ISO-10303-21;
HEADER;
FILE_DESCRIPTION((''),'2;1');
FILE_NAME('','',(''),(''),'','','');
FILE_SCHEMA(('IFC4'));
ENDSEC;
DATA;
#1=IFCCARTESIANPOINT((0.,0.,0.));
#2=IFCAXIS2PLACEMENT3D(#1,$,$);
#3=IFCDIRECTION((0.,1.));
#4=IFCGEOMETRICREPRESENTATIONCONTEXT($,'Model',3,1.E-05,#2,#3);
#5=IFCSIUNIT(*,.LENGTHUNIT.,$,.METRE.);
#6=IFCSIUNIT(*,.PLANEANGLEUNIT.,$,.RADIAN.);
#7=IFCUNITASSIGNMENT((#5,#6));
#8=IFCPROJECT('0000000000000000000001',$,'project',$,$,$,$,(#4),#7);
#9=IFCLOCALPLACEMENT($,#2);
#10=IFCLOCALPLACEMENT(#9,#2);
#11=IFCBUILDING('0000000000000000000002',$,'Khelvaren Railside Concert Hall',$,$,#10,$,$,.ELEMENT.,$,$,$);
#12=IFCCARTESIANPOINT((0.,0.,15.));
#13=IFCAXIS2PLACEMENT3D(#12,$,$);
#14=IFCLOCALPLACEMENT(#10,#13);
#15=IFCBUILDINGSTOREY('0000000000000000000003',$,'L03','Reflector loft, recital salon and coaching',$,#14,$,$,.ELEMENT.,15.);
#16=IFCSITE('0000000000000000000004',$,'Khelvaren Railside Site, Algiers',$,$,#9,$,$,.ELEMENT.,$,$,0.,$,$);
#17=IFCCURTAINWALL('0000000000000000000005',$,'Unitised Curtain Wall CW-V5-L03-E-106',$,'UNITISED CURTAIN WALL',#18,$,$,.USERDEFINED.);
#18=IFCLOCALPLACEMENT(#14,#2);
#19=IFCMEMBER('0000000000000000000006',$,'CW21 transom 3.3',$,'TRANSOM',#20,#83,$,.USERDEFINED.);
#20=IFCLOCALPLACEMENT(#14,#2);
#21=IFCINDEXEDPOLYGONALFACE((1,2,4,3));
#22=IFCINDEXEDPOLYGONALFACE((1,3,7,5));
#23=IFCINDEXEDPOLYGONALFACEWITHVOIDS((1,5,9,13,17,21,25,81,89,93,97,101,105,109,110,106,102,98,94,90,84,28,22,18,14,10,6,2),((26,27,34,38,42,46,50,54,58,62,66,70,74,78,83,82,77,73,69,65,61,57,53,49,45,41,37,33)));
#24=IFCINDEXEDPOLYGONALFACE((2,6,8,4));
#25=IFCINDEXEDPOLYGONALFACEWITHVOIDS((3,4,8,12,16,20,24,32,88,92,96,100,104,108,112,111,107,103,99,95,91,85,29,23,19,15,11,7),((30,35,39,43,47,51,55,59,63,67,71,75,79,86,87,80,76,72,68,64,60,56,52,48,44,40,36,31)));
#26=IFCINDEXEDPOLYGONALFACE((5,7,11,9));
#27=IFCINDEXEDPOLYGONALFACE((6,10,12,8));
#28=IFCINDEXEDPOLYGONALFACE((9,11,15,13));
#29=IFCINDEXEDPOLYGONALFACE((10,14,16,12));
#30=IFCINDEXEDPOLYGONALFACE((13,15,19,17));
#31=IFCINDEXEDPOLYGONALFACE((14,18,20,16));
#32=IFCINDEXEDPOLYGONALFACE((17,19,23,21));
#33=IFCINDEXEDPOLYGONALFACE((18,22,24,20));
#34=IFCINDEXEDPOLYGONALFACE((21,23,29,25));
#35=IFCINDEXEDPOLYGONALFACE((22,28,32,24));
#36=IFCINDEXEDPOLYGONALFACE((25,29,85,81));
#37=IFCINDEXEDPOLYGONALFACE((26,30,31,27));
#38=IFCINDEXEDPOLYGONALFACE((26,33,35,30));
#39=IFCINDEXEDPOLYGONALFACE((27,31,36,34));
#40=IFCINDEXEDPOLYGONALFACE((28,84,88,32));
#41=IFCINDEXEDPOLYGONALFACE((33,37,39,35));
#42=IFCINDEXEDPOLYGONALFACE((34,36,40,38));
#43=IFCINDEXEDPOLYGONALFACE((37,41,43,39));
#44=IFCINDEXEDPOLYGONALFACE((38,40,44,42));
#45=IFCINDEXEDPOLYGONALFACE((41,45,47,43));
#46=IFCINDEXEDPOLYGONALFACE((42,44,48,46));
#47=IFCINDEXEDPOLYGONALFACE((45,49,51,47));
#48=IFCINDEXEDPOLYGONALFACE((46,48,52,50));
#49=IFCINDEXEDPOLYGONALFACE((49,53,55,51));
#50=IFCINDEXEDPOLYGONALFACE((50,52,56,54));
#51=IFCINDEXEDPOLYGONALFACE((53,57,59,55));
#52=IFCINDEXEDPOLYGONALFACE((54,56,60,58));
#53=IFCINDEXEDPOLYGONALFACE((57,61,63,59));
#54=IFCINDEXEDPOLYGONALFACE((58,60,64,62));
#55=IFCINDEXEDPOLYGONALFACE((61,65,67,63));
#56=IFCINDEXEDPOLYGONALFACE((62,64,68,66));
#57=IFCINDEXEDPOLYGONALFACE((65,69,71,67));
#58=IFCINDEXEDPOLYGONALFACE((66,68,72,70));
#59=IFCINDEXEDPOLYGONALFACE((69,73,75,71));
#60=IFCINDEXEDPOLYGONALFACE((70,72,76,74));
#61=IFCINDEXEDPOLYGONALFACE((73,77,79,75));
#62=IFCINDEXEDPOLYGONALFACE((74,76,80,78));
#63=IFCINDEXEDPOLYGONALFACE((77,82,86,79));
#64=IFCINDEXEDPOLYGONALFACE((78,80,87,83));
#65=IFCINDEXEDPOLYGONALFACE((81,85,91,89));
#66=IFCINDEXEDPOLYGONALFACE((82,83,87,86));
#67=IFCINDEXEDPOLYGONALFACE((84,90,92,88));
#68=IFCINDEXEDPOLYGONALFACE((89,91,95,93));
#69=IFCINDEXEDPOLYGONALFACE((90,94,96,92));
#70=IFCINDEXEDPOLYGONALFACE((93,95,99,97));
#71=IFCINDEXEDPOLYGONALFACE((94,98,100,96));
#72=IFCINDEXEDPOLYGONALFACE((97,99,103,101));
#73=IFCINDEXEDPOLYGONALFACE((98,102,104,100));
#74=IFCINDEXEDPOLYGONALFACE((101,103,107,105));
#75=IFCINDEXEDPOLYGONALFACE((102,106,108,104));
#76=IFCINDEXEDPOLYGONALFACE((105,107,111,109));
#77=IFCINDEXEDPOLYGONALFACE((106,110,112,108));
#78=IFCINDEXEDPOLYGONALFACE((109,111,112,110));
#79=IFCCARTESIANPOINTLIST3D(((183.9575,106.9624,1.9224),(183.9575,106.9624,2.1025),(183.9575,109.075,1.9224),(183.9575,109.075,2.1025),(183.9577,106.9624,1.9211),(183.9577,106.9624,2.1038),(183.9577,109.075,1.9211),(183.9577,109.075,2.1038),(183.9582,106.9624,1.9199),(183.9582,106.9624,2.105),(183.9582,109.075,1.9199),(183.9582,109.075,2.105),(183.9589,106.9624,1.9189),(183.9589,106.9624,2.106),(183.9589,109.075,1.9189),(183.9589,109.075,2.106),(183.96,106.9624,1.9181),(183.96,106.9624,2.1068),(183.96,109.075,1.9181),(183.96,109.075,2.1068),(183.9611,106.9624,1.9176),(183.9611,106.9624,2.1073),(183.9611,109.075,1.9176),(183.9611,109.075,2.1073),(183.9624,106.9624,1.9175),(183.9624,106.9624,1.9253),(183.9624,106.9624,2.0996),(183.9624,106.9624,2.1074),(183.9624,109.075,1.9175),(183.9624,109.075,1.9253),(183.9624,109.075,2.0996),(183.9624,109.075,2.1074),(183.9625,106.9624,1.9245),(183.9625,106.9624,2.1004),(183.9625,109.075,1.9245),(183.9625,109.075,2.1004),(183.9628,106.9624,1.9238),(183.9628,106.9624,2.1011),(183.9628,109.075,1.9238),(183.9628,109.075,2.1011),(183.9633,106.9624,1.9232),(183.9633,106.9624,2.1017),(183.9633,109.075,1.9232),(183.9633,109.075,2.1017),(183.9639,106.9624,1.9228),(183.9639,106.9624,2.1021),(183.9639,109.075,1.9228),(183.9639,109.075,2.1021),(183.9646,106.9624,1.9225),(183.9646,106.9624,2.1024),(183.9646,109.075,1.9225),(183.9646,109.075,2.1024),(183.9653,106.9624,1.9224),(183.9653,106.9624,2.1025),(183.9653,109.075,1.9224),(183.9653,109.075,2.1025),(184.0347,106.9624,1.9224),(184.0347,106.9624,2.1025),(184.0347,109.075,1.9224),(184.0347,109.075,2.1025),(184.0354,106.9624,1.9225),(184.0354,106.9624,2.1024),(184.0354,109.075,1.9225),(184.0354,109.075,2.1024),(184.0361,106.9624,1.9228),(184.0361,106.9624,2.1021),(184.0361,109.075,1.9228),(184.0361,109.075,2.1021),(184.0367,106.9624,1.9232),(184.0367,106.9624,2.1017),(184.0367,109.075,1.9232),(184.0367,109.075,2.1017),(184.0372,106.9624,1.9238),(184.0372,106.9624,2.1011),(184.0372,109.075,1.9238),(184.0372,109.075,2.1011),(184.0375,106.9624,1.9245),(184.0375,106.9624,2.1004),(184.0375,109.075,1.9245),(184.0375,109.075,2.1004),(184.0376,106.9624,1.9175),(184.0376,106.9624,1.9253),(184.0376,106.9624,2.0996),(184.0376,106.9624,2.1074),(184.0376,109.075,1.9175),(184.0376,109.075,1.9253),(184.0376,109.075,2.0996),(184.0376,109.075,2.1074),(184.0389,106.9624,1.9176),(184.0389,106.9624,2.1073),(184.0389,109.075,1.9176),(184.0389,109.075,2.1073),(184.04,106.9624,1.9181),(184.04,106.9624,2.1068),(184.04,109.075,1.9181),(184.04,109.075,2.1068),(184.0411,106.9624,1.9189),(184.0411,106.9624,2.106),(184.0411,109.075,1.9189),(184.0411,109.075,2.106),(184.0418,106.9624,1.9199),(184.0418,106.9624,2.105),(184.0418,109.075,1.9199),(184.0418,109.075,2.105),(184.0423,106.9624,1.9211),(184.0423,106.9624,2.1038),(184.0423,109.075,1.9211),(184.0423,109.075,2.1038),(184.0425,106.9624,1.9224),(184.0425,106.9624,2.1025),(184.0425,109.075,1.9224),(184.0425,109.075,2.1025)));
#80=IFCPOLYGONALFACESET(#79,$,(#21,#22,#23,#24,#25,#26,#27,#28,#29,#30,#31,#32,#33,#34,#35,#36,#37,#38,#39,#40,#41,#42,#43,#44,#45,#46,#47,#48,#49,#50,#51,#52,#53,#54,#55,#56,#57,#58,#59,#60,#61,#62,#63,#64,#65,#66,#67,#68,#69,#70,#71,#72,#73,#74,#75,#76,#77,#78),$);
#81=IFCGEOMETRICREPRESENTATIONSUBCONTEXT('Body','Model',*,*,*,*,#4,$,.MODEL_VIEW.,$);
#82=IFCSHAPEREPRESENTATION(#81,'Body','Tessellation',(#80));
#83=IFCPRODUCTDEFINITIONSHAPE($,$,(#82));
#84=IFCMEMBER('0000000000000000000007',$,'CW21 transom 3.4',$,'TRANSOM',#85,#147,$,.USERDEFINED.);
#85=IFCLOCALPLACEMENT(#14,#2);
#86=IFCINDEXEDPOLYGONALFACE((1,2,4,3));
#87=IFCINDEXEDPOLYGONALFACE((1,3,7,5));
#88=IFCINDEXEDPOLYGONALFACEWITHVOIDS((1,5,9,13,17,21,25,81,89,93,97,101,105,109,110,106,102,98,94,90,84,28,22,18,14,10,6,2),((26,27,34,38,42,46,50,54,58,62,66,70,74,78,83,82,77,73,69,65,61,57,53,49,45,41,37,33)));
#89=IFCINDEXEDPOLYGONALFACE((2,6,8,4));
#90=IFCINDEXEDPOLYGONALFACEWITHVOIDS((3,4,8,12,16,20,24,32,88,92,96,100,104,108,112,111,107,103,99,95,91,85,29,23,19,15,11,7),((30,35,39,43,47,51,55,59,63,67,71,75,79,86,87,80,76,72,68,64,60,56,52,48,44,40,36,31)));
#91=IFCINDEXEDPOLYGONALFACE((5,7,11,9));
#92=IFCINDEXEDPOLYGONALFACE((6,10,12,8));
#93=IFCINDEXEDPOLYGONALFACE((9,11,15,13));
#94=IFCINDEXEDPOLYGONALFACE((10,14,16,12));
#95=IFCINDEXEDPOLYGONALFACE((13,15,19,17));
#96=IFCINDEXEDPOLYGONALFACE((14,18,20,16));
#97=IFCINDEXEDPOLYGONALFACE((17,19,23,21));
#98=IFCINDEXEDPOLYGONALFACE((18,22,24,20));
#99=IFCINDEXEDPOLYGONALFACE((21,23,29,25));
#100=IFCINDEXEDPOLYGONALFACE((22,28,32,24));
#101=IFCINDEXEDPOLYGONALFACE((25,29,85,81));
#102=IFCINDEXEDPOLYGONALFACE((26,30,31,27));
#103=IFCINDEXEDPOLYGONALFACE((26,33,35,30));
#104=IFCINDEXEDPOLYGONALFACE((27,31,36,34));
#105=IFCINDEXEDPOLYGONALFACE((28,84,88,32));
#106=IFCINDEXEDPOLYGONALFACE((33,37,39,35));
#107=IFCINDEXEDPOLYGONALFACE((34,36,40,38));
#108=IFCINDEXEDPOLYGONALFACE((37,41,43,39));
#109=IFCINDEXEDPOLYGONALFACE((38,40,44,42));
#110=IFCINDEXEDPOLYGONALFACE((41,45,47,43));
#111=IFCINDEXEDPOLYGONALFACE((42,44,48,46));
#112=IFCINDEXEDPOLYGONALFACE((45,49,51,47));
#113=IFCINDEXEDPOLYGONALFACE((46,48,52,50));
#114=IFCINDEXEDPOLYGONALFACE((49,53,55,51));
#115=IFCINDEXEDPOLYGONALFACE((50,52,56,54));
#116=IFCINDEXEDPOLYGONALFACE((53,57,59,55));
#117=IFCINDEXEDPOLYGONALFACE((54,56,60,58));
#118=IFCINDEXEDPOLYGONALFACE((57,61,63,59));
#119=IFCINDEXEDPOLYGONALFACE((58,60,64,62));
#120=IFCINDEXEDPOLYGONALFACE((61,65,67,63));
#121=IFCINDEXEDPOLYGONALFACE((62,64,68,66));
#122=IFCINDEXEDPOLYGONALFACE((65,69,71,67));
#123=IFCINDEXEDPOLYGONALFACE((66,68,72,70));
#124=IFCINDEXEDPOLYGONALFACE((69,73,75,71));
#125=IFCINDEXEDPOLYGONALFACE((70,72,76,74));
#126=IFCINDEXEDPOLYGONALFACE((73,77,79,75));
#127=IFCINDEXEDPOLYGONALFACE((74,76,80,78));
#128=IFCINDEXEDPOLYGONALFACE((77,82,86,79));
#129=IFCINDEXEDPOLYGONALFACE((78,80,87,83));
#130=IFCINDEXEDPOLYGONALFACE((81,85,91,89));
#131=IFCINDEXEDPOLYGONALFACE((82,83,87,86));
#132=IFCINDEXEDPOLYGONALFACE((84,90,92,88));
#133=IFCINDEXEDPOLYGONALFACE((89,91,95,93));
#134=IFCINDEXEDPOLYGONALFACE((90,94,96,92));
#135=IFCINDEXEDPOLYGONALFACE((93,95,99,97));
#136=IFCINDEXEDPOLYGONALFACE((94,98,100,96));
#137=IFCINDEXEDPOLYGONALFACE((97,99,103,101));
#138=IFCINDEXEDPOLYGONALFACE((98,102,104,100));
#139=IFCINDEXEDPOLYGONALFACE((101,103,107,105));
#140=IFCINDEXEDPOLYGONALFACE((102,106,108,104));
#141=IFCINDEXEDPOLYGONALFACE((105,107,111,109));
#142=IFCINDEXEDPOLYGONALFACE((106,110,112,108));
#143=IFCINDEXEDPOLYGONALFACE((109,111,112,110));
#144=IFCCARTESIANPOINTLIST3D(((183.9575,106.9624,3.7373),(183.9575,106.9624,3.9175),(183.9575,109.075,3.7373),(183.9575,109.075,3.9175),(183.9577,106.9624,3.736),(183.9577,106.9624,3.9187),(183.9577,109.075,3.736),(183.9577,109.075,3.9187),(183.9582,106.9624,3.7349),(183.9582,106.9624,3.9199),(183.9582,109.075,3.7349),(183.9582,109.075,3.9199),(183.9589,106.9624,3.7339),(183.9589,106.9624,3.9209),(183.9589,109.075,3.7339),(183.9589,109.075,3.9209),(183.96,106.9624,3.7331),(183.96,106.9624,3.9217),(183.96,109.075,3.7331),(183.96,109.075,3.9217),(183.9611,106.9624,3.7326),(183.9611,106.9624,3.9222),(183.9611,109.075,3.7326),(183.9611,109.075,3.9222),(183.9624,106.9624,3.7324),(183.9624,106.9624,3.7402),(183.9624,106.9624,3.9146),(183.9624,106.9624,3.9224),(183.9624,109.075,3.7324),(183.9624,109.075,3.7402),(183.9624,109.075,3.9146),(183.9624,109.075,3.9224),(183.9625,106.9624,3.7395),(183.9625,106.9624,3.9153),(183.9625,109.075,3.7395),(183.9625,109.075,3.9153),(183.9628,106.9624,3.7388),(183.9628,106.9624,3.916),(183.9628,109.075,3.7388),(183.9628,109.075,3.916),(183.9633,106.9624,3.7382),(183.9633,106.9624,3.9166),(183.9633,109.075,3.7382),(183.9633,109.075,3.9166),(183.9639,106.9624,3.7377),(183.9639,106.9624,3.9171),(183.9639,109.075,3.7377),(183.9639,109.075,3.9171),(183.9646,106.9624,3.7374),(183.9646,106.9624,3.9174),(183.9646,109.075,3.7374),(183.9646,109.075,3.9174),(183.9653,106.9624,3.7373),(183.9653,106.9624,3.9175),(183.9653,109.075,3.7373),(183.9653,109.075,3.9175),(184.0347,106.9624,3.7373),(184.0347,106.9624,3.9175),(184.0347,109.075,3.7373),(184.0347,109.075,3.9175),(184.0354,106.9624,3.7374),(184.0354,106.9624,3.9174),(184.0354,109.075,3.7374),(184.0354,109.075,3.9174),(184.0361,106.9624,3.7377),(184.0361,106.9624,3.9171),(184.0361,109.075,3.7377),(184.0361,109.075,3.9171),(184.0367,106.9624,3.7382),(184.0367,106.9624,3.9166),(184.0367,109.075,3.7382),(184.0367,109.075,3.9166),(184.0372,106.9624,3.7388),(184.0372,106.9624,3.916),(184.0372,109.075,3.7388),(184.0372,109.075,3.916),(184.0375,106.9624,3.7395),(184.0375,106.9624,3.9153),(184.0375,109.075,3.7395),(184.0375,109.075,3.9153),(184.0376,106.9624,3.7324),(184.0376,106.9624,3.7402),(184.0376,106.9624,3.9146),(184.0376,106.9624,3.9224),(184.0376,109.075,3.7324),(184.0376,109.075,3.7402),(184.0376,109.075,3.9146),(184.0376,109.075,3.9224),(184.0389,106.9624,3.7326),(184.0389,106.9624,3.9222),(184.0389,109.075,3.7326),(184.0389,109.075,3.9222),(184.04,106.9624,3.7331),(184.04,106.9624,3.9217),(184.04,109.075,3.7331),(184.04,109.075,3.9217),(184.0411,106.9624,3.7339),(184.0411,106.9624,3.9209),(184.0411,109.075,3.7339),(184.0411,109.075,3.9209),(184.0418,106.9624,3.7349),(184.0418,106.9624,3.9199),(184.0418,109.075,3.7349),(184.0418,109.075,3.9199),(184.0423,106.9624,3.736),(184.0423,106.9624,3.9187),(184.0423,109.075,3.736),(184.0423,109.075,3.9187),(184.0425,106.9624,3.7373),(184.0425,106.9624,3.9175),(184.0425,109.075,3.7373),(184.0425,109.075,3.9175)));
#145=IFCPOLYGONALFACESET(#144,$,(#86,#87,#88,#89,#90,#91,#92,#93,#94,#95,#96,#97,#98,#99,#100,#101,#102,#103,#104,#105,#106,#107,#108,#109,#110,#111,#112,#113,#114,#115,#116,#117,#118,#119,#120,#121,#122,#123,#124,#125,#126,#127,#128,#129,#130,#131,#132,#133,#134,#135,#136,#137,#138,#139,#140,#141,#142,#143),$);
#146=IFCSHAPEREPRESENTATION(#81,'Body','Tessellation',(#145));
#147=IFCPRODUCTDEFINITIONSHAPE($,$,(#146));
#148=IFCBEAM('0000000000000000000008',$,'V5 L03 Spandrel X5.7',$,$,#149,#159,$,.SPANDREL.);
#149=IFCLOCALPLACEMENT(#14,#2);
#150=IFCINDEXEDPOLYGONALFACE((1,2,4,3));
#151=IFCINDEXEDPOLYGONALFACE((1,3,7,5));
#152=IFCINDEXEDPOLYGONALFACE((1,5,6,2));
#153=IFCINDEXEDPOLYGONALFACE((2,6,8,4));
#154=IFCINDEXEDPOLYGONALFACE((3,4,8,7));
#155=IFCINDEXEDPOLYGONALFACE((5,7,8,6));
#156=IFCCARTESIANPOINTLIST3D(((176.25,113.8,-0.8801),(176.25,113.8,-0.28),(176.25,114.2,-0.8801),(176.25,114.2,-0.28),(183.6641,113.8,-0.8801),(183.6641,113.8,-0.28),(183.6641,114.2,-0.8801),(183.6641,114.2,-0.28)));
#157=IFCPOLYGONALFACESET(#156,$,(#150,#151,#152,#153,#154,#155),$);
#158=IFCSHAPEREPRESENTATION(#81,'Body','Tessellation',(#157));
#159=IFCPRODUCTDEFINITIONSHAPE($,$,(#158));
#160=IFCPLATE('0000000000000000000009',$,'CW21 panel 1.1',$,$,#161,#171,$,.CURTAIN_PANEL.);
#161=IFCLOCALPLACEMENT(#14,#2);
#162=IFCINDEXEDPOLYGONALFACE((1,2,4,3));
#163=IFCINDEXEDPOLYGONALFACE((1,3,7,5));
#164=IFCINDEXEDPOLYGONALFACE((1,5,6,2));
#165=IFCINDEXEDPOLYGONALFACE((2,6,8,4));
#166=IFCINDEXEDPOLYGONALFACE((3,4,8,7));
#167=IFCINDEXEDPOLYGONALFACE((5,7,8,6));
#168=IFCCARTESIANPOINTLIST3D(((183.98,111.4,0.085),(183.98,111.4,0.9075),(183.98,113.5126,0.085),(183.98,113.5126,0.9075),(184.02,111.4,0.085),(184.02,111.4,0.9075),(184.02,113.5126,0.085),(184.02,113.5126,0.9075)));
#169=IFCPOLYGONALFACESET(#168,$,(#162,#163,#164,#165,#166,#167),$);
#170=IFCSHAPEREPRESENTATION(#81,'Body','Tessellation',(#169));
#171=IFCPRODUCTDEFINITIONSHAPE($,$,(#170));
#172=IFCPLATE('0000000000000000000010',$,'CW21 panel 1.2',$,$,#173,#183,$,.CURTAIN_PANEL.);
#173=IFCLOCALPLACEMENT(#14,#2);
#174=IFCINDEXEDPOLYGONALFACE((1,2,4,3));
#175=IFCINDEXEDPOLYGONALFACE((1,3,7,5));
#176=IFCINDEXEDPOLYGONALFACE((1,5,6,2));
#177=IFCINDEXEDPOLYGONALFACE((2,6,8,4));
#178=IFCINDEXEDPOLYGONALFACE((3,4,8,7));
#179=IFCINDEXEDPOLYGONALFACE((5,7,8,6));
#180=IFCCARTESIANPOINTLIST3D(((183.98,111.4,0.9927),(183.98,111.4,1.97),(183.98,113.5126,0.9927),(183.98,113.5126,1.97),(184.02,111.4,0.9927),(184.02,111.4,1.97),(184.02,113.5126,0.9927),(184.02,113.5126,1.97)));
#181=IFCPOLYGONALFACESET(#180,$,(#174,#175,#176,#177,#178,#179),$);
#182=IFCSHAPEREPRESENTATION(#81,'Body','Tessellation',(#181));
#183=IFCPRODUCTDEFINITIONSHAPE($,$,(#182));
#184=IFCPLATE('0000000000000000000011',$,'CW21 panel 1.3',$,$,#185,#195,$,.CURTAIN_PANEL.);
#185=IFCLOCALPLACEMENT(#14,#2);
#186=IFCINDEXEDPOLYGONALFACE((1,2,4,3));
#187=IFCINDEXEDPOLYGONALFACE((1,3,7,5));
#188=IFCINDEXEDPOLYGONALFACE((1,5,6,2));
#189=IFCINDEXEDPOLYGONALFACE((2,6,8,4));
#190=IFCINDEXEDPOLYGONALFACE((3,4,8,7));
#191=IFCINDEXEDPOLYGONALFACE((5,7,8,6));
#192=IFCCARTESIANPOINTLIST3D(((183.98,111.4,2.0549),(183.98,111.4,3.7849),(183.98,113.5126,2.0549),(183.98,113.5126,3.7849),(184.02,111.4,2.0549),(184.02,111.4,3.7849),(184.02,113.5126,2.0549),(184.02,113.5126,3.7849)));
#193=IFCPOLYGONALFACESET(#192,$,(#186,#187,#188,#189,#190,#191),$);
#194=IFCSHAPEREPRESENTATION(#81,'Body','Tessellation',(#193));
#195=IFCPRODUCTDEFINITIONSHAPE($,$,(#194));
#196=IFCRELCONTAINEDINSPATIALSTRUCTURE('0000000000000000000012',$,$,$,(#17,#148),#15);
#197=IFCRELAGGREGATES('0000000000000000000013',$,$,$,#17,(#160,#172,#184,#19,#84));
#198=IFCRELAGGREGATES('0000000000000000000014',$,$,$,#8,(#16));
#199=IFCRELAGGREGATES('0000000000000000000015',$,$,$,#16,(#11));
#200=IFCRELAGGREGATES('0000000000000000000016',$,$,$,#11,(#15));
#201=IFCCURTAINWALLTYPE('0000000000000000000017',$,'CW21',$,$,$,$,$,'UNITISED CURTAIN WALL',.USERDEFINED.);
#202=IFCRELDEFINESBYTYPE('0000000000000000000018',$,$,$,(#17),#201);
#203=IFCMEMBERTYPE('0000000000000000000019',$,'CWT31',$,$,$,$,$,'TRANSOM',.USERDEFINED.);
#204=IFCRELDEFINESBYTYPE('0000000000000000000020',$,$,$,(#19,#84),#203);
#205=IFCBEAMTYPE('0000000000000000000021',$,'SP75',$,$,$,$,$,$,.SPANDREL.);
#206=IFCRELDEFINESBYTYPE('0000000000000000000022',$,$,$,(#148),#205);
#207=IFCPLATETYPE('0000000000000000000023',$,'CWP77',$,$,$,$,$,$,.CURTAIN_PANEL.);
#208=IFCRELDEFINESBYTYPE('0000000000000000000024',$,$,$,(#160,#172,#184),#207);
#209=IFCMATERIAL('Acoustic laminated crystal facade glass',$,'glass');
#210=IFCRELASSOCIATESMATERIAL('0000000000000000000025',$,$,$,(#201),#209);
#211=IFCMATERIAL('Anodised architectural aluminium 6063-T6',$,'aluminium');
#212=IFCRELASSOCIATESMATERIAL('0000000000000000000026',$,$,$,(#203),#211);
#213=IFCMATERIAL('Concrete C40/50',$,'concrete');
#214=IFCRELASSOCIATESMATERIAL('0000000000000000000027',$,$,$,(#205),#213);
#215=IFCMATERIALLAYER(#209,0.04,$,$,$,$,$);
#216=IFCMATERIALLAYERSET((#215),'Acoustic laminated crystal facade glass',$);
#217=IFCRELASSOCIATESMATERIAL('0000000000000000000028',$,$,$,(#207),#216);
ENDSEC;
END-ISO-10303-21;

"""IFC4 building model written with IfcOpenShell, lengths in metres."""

from ifc_helpers import new_model, si_unit, direction, frame, origin, origin_2d, place, context, subcontext, project, spatial, rectangle, hollow_rectangle, extrude, material, layer, layer_set, material_profile, profile_set, type_object, element, aggregate, save


model = new_model("IFC4")

# Units and contexts
model_context = context("Model", 3, precision=1e-05, world=origin(), true_north=direction((0.0, 1.0)))
body_context = subcontext(model_context, "Body", "Model", "MODEL_VIEW")
ifc_project = project(units=[si_unit("LENGTHUNIT", "METRE"), si_unit("PLANEANGLEUNIT", "RADIAN")], contexts=[model_context])

# Site, building, storey
site_placement = place(None, origin())
site = spatial("IfcSite", under=ifc_project, at=site_placement, Name="Khelvaren Railside Site, Algiers", CompositionType="ELEMENT", RefElevation=0.0)
building_placement = place(site_placement, origin())
building = spatial("IfcBuilding", under=site, at=building_placement, Name="Khelvaren Railside Concert Hall", CompositionType="ELEMENT")
storey_placement = place(building_placement, frame((0.0, 0.0, 15.0)))
storey = spatial("IfcBuildingStorey", under=building, at=storey_placement, Name="L03", Description="Reflector loft, recital salon and coaching", CompositionType="ELEMENT", Elevation=15.0)

# Curtain wall, members
ifc_material_1 = material(Name="Acoustic laminated crystal facade glass", Category="glass")
curtain_wall_type = type_object("IfcCurtainWallType", Name="CW21", ElementType="UNITISED CURTAIN WALL", PredefinedType="USERDEFINED", material=ifc_material_1)
curtain_wall_placement = place(storey_placement, origin())
curtain_wall = element("IfcCurtainWall", 1, at=curtain_wall_placement, inside=storey, type_object=curtain_wall_type, Name="Unitised Curtain Wall CW-V5-L03-E-106", ObjectType="UNITISED CURTAIN WALL", PredefinedType="USERDEFINED")
ifc_material_2 = material(Name="Anodised architectural aluminium 6063-T6", Category="aluminium")
ifc_material_profile_1 = material_profile(ifc_material_2, hollow_rectangle(XDim=0.085, YDim=0.1899, WallThickness=0.0049, InnerFilletRadius=0.0029, OuterFilletRadius=0.0049, at=origin_2d()), Name="CWT 85x190x5")
ifc_profile_set_1 = profile_set([ifc_material_profile_1], Name="Anodised architectural aluminium 6063-T6")
member_type_1 = type_object("IfcMemberType", Name="CWT31", ElementType="TRANSOM", PredefinedType="USERDEFINED", material=ifc_profile_set_1)
member_1_placement = place(storey_placement, frame((184.0, 109.075, 2.0125), z_axis=(0.0, -1.0, 0.0), x_axis=(1.0, 0.0, 0.0)))
member_1 = element("IfcMember", 2, at=member_1_placement, type_object=member_type_1, Name="CW21 transom 3.3", ObjectType="TRANSOM", PredefinedType="USERDEFINED", context=body_context, shape_type="SweptSolid", body=[
    extrude(hollow_rectangle(XDim=0.085, YDim=0.1899, WallThickness=0.0049, InnerFilletRadius=0.0029, OuterFilletRadius=0.0049, at=origin_2d()), origin(), (0.0, 0.0, 1.0), 2.1125),
])
member_2_placement = place(storey_placement, frame((184.0, 109.075, 3.8274), z_axis=(0.0, -1.0, 0.0), x_axis=(1.0, 0.0, 0.0)))
member_2 = element("IfcMember", 3, at=member_2_placement, type_object=member_type_1, Name="CW21 transom 3.4", ObjectType="TRANSOM", PredefinedType="USERDEFINED", context=body_context, shape_type="SweptSolid", body=[
    extrude(hollow_rectangle(XDim=0.085, YDim=0.1899, WallThickness=0.0049, InnerFilletRadius=0.0029, OuterFilletRadius=0.0049, at=origin_2d()), origin(), (0.0, 0.0, 1.0), 2.1125),
])

# Beam
ifc_material_3 = material(Name="Concrete C40/50", Category="concrete")
ifc_material_profile_2 = material_profile(ifc_material_3, rectangle(XDim=0.3999, YDim=0.6001, at=origin_2d()), Name="RCB 400x600")
ifc_profile_set_2 = profile_set([ifc_material_profile_2], Name="Concrete C40/50")
beam_type = type_object("IfcBeamType", Name="SP75", PredefinedType="SPANDREL", material=ifc_profile_set_2)
beam_placement = place(storey_placement, frame((176.25, 114.0, -0.5801), z_axis=(1.0, 0.0, 0.0), x_axis=(0.0, 1.0, 0.0)))
element("IfcBeam", 4, at=beam_placement, inside=storey, type_object=beam_type, Name="V5 L03 Spandrel X5.7", PredefinedType="SPANDREL", context=body_context, shape_type="SweptSolid", body=[
    extrude(rectangle(XDim=0.3999, YDim=0.6001, at=origin_2d()), origin(), (0.0, 0.0, 1.0), 7.4141),
])

# Plates
ifc_layer_1 = layer(ifc_material_1, 0.04)
ifc_layer_set_1 = layer_set([ifc_layer_1], Name="Acoustic laminated crystal facade glass")
plate_type = type_object("IfcPlateType", Name="CWP77", PredefinedType="CURTAIN_PANEL", material=ifc_layer_set_1)
plate_1_placement = place(storey_placement, frame((184.0, 112.4563, 0.085), z_axis=(0.0, 0.0, 1.0), x_axis=(0.0, -1.0, 0.0)))
plate_1 = element("IfcPlate", 5, at=plate_1_placement, type_object=plate_type, Name="CW21 panel 1.1", PredefinedType="CURTAIN_PANEL", context=body_context, shape_type="SweptSolid", body=[
    extrude(rectangle(XDim=2.1125, YDim=0.04, at=origin_2d()), origin(), (0.0, 0.0, 1.0), 0.8225),
])
plate_2_placement = place(storey_placement, frame((184.0, 112.4563, 0.9927), z_axis=(0.0, 0.0, 1.0), x_axis=(0.0, -1.0, 0.0)))
plate_2 = element("IfcPlate", 6, at=plate_2_placement, type_object=plate_type, Name="CW21 panel 1.2", PredefinedType="CURTAIN_PANEL", context=body_context, shape_type="SweptSolid", body=[
    extrude(rectangle(XDim=2.1125, YDim=0.04, at=origin_2d()), origin(), (0.0, 0.0, 1.0), 0.9773),
])
plate_3_placement = place(storey_placement, frame((184.0, 112.4563, 2.0549), z_axis=(0.0, 0.0, 1.0), x_axis=(0.0, -1.0, 0.0)))
plate_3 = element("IfcPlate", 7, at=plate_3_placement, type_object=plate_type, Name="CW21 panel 1.3", PredefinedType="CURTAIN_PANEL", context=body_context, shape_type="SweptSolid", body=[
    extrude(rectangle(XDim=2.1125, YDim=0.04, at=origin_2d()), origin(), (0.0, 0.0, 1.0), 1.73),
])
aggregate(curtain_wall, [plate_1, plate_2, plate_3, member_1, member_2])

save(model, "model.ifc")
